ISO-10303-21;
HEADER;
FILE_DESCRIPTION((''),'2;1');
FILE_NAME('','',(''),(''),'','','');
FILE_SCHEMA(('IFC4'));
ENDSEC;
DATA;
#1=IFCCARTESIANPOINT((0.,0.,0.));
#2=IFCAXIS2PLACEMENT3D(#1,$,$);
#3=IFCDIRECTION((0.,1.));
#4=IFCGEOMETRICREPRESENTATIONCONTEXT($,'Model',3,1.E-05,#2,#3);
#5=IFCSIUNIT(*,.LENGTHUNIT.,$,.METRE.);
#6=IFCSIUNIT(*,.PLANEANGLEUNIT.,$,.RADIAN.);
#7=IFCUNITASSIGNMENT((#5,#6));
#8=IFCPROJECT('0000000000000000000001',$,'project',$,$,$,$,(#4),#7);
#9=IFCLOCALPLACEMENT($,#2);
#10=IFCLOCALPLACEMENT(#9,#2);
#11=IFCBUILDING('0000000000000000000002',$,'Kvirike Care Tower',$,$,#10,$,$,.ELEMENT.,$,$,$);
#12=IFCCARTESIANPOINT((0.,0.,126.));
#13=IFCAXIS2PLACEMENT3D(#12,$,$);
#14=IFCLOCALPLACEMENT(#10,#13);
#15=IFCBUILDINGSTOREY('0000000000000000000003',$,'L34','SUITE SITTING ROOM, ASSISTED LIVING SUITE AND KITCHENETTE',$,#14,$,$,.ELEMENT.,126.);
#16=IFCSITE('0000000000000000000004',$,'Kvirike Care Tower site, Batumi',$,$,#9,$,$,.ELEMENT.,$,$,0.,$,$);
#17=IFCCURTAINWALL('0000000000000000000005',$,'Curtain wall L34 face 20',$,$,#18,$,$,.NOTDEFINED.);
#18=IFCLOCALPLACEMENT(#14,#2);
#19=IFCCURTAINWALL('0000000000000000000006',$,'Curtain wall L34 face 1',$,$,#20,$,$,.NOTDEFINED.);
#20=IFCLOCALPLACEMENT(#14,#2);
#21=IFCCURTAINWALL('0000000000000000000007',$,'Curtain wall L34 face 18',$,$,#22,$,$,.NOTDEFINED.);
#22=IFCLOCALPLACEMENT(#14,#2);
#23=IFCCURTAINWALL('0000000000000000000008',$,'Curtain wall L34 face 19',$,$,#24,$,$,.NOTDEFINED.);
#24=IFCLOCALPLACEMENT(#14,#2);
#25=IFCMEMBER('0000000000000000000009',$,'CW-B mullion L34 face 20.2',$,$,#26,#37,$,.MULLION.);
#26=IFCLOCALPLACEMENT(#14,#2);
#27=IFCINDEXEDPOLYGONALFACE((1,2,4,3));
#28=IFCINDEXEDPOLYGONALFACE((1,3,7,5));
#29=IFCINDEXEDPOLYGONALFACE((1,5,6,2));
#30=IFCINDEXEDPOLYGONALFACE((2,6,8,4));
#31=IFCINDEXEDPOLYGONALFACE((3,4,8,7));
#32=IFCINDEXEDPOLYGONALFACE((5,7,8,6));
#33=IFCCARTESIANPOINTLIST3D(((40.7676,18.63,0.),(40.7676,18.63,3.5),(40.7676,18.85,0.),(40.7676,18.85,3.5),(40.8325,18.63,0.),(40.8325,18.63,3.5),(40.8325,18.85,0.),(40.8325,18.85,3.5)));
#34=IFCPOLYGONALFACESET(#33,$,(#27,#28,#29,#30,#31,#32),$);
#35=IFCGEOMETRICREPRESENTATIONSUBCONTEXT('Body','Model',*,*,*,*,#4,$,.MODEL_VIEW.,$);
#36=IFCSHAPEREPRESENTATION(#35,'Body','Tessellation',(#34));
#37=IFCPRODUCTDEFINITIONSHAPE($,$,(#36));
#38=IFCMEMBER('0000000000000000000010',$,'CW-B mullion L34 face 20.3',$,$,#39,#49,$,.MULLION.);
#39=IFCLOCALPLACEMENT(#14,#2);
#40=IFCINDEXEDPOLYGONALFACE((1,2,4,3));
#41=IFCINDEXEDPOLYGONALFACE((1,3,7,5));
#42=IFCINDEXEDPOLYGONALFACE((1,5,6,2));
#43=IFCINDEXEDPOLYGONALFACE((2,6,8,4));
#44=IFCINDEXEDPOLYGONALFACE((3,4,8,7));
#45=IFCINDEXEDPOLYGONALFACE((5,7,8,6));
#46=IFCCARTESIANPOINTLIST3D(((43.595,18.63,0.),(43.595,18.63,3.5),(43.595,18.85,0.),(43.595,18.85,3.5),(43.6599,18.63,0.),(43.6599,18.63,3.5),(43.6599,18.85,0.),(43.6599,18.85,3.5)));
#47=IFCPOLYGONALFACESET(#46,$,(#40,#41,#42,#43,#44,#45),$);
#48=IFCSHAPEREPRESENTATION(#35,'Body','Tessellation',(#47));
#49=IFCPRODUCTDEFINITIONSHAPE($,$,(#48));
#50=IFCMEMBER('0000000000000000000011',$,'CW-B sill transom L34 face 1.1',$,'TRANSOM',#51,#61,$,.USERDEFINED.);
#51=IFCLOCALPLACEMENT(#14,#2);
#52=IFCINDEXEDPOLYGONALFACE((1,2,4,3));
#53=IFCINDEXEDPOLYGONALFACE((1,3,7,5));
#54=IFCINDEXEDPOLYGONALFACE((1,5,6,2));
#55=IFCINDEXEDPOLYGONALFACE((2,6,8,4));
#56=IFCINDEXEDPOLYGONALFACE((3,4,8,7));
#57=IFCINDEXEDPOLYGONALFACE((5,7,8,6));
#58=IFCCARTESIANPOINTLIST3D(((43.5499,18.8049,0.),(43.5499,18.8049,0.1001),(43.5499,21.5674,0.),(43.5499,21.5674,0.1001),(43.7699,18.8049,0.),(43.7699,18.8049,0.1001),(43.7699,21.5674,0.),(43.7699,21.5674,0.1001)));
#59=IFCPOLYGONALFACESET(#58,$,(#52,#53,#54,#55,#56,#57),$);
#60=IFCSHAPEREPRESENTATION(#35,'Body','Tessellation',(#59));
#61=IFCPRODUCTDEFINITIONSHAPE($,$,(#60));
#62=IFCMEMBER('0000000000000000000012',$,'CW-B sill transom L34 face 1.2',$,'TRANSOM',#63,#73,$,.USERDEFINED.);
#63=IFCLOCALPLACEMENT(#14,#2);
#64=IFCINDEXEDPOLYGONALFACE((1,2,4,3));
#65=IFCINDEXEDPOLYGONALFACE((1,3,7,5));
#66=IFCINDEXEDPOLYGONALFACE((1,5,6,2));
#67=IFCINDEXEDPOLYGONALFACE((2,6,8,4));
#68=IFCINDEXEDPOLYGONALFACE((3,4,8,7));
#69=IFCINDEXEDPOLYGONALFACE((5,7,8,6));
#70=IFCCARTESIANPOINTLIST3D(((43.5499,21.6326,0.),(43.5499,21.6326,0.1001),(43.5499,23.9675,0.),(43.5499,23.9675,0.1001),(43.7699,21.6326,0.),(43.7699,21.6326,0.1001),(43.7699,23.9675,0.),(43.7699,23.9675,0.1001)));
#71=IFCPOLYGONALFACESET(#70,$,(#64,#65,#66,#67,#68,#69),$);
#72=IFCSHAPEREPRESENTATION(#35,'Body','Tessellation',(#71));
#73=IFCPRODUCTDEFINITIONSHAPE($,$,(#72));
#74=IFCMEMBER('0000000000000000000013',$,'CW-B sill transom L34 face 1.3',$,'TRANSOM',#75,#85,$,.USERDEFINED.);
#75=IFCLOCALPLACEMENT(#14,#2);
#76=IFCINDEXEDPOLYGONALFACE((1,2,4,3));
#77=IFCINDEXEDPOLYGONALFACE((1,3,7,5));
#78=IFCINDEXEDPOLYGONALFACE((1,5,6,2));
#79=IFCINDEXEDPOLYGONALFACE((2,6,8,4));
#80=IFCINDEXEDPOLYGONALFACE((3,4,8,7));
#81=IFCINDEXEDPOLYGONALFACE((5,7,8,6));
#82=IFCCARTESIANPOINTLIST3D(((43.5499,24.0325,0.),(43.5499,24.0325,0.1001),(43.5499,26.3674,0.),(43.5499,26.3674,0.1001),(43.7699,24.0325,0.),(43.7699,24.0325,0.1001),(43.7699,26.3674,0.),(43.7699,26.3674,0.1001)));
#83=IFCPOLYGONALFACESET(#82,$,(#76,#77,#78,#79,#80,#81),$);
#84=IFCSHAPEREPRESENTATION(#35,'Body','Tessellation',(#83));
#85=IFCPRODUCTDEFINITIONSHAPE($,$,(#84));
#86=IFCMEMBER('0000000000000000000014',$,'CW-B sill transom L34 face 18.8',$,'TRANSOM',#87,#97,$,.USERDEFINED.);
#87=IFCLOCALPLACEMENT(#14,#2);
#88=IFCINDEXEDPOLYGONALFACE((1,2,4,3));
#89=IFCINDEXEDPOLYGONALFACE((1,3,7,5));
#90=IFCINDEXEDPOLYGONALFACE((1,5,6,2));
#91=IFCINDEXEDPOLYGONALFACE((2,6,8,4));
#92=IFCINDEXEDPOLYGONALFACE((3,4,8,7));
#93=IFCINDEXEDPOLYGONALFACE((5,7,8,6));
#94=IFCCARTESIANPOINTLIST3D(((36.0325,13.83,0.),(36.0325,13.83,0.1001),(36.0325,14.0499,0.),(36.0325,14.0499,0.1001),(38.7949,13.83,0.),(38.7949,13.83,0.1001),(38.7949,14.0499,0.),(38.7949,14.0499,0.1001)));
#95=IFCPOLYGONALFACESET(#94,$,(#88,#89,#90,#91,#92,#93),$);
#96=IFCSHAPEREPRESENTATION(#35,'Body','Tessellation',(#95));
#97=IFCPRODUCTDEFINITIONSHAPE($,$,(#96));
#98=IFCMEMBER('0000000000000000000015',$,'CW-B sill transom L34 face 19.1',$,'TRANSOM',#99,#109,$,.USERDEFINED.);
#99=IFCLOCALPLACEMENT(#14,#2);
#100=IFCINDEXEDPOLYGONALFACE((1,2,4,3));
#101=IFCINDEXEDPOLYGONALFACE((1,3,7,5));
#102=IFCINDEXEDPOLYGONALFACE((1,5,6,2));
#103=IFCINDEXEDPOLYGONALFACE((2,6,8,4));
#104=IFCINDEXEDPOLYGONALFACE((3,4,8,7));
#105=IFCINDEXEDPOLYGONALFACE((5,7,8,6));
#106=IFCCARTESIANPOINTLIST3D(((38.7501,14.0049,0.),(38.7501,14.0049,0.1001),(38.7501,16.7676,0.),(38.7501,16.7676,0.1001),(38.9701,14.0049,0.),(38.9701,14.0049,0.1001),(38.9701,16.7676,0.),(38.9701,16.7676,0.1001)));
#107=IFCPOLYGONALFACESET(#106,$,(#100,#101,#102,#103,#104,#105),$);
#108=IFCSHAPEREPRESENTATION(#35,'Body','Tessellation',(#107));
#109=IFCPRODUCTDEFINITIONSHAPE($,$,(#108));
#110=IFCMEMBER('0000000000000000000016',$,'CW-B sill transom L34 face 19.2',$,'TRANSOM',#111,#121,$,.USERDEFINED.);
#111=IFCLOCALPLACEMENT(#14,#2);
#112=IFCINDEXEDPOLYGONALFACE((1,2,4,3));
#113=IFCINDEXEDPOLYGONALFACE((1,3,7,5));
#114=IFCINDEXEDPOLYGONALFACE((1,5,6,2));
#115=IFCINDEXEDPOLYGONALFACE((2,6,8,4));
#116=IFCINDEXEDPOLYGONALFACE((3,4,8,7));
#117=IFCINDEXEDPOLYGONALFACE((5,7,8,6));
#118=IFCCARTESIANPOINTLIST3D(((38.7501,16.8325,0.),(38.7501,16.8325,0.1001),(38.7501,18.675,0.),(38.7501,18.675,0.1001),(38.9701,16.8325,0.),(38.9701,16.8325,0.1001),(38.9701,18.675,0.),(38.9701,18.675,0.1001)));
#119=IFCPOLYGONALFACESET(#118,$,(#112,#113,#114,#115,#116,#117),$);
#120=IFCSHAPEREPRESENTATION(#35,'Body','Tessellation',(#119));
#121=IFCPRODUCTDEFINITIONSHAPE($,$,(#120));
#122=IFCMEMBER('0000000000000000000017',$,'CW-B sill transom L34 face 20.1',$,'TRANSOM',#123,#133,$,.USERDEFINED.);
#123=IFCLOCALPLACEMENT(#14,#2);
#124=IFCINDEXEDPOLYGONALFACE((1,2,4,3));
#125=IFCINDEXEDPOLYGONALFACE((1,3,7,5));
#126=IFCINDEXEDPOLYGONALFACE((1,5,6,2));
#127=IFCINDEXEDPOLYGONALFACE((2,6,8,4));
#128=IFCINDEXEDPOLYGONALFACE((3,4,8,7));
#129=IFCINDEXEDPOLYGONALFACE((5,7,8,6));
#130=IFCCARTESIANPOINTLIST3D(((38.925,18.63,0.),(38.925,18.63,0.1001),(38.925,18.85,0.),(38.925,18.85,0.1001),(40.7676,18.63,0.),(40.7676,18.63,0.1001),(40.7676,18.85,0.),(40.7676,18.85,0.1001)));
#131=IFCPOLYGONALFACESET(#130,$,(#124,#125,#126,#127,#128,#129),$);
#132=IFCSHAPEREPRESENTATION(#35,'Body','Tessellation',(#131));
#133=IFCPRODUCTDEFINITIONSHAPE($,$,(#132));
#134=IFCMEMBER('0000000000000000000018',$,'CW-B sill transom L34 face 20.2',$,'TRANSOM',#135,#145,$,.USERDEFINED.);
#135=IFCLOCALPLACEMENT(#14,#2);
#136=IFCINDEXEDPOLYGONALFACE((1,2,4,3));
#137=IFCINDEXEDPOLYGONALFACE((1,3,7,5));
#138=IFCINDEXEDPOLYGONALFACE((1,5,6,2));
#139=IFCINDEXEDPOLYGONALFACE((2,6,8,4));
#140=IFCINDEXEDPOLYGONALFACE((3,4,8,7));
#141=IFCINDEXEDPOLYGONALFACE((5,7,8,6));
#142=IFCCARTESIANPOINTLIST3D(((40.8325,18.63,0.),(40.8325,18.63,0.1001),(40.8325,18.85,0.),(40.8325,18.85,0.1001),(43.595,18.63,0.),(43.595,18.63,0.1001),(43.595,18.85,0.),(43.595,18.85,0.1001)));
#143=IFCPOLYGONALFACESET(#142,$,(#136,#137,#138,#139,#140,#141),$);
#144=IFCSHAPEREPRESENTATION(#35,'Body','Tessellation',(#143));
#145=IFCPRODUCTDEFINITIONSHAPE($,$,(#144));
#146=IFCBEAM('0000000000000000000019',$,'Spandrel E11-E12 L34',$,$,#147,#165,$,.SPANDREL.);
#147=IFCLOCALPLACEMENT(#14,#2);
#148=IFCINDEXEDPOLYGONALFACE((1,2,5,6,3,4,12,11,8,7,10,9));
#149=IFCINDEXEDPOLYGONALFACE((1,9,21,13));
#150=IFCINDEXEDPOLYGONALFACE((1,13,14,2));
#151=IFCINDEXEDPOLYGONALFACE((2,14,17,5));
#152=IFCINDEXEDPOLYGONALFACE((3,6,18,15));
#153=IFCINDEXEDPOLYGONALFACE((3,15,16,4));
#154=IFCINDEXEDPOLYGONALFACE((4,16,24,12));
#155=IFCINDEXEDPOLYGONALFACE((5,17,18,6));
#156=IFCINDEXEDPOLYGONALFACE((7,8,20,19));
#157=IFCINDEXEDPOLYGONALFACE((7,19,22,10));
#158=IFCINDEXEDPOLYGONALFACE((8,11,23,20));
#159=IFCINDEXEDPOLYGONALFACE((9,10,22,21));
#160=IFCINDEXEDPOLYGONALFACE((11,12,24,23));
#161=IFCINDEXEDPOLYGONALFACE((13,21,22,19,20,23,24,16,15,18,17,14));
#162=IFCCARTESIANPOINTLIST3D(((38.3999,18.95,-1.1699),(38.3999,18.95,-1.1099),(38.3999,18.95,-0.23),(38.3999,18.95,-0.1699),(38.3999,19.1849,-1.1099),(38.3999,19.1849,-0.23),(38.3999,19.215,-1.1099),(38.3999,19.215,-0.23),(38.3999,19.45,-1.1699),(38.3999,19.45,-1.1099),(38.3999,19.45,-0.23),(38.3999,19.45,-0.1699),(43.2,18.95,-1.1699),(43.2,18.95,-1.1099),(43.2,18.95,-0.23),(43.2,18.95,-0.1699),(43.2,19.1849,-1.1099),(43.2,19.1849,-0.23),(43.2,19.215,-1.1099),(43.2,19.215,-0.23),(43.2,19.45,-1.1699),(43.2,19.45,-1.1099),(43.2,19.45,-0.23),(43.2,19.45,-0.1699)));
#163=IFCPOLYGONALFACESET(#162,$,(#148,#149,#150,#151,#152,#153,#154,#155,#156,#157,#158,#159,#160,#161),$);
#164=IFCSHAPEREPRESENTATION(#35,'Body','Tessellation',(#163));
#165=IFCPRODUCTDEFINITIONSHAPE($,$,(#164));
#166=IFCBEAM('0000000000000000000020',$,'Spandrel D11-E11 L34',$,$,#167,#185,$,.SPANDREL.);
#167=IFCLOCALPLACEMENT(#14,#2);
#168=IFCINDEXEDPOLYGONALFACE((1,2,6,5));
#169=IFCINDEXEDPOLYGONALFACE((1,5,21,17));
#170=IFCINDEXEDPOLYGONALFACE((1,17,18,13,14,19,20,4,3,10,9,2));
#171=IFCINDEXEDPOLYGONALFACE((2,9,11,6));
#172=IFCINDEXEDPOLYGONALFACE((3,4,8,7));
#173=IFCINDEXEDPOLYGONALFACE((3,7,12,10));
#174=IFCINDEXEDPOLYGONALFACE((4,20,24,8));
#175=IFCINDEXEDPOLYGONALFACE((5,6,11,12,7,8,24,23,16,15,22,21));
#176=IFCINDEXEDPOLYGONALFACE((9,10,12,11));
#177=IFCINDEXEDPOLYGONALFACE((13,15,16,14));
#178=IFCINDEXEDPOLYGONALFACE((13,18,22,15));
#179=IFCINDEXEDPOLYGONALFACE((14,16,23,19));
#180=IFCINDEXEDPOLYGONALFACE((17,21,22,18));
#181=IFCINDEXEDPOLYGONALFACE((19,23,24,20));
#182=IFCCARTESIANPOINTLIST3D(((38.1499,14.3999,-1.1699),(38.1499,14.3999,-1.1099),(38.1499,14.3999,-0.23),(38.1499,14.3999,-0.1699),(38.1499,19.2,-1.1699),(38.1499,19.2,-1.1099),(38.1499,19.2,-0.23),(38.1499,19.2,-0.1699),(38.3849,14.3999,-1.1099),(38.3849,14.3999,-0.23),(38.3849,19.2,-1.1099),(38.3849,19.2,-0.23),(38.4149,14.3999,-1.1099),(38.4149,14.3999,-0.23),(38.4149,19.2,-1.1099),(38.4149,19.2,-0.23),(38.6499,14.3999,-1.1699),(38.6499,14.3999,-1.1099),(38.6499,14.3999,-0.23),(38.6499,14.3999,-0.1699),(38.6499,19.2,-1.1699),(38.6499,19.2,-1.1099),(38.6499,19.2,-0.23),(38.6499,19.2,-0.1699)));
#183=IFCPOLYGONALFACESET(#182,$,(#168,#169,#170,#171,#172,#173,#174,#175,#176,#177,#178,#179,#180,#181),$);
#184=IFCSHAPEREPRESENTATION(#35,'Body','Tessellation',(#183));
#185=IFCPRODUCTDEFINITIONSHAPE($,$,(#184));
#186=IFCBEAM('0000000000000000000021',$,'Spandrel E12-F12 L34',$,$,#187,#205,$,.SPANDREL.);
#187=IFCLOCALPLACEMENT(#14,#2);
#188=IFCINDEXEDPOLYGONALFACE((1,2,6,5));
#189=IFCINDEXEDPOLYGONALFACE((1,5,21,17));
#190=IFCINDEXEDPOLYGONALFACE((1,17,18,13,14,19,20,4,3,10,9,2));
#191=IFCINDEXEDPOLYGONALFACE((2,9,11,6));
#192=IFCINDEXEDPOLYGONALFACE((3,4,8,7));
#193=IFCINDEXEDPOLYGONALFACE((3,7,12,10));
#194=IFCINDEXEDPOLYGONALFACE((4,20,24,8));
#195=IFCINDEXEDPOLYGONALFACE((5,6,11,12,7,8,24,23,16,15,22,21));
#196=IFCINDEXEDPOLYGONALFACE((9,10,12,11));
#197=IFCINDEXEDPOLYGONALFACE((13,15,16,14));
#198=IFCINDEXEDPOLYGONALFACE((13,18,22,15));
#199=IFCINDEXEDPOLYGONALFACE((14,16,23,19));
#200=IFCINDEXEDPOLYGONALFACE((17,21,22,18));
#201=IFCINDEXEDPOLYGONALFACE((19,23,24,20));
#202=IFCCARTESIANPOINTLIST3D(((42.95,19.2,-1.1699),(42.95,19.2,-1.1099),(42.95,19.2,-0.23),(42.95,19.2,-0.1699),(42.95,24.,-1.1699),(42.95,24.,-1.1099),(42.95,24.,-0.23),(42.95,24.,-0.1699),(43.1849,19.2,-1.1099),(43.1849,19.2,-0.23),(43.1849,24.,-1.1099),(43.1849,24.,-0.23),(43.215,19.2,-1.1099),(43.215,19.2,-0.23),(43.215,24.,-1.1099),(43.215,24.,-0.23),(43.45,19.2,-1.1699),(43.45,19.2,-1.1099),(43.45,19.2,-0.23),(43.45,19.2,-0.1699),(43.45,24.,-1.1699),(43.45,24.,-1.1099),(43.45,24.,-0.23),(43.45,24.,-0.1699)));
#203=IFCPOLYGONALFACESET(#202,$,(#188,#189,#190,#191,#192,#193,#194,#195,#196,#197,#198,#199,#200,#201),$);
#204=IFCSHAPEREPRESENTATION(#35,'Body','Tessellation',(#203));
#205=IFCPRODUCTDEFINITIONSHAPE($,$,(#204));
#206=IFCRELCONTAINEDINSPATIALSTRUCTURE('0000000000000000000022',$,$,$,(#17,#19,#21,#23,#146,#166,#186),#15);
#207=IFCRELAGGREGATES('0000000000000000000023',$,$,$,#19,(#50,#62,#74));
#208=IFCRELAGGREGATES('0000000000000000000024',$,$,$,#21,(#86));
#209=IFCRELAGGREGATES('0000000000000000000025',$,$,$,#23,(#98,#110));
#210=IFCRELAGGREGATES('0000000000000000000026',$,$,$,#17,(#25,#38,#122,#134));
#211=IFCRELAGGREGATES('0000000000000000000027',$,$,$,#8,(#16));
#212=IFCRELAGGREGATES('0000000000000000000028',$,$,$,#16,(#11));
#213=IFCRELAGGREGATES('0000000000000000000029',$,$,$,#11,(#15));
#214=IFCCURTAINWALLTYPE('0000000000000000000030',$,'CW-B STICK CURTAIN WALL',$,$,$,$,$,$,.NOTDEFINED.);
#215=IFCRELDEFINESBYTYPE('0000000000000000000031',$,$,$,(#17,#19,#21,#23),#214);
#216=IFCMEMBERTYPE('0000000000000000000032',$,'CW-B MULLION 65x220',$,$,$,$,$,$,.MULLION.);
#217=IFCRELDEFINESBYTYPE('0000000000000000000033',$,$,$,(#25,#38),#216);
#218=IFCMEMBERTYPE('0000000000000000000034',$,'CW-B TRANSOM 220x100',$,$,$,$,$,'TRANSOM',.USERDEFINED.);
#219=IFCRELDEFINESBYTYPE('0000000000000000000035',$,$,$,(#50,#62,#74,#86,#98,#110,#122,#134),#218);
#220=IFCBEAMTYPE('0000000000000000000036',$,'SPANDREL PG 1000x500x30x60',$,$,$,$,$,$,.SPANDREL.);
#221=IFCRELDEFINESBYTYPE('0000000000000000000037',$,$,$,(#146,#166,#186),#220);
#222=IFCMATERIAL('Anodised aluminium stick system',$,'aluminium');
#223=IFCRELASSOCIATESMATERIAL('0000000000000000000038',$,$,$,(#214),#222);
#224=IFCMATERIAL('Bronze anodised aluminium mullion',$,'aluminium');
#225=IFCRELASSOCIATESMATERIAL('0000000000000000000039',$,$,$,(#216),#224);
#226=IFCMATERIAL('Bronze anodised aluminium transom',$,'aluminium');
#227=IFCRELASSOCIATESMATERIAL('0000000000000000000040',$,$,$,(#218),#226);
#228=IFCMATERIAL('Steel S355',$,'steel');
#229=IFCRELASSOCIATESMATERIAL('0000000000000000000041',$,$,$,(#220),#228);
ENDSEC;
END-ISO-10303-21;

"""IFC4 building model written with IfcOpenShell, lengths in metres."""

from ifc_helpers import new_model, si_unit, direction, frame, origin, origin_2d, place, context, subcontext, project, spatial, rectangle, i_section, extrude, material, material_profile, profile_set, type_object, element, aggregate, save


model = new_model("IFC4")

# Units and contexts
model_context = context("Model", 3, precision=1e-05, world=origin(), true_north=direction((0.0, 1.0)))
body_context = subcontext(model_context, "Body", "Model", "MODEL_VIEW")
ifc_project = project(units=[si_unit("LENGTHUNIT", "METRE"), si_unit("PLANEANGLEUNIT", "RADIAN")], contexts=[model_context])

# Site, building, storey
site_placement = place(None, origin())
site = spatial("IfcSite", under=ifc_project, at=site_placement, Name="Kvirike Care Tower site, Batumi", CompositionType="ELEMENT", RefElevation=0.0)
building_placement = place(site_placement, origin())
building = spatial("IfcBuilding", under=site, at=building_placement, Name="Kvirike Care Tower", CompositionType="ELEMENT")
storey_placement = place(building_placement, frame((0.0, 0.0, 126.0)))
storey = spatial("IfcBuildingStorey", under=building, at=storey_placement, Name="L34", Description="SUITE SITTING ROOM, ASSISTED LIVING SUITE AND KITCHENETTE", CompositionType="ELEMENT", Elevation=126.0)

# Curtain wall
ifc_material_1 = material(Name="Anodised aluminium stick system", Category="aluminium")
curtain_wall_type = type_object("IfcCurtainWallType", Name="CW-B STICK CURTAIN WALL", PredefinedType="NOTDEFINED", material=ifc_material_1)
curtain_wall_1_placement = place(storey_placement, origin())
curtain_wall_1 = element("IfcCurtainWall", 1, at=curtain_wall_1_placement, inside=storey, type_object=curtain_wall_type, Name="Curtain wall L34 face 20", PredefinedType="NOTDEFINED")

# Curtain walls
curtain_wall_2_placement = place(storey_placement, origin())
curtain_wall_2 = element("IfcCurtainWall", 2, at=curtain_wall_2_placement, inside=storey, type_object=curtain_wall_type, Name="Curtain wall L34 face 1", PredefinedType="NOTDEFINED")
ifc_material_2 = material(Name="Bronze anodised aluminium mullion", Category="aluminium")
ifc_material_profile_1 = material_profile(ifc_material_2, rectangle(XDim=0.0649, YDim=0.22, at=origin_2d()), Name="CW-B MULLION 65x220")
ifc_profile_set_1 = profile_set([ifc_material_profile_1], Name="Bronze anodised aluminium mullion")
member_type_1 = type_object("IfcMemberType", Name="CW-B MULLION 65x220", PredefinedType="MULLION", material=ifc_profile_set_1)
curtain_wall_3_placement = place(storey_placement, origin())
curtain_wall_3 = element("IfcCurtainWall", 3, at=curtain_wall_3_placement, inside=storey, type_object=curtain_wall_type, Name="Curtain wall L34 face 18", PredefinedType="NOTDEFINED")
curtain_wall_4_placement = place(storey_placement, origin())
curtain_wall_4 = element("IfcCurtainWall", 4, at=curtain_wall_4_placement, inside=storey, type_object=curtain_wall_type, Name="Curtain wall L34 face 19", PredefinedType="NOTDEFINED")

# Members
member_1_placement = place(storey_placement, frame((40.8, 18.74, 0.0), z_axis=(0.0, 0.0, 1.0), x_axis=(1.0, 0.0, 0.0)))
member_1 = element("IfcMember", 5, at=member_1_placement, type_object=member_type_1, Name="CW-B mullion L34 face 20.2", PredefinedType="MULLION", context=body_context, shape_type="SweptSolid", body=[
    extrude(rectangle(XDim=0.0649, YDim=0.22, at=origin_2d()), origin(), (0.0, 0.0, 1.0), 3.5),
])
member_2_placement = place(storey_placement, frame((43.6274, 18.74, 0.0), z_axis=(0.0, 0.0, 1.0), x_axis=(1.0, 0.0, 0.0)))
member_2 = element("IfcMember", 6, at=member_2_placement, type_object=member_type_1, Name="CW-B mullion L34 face 20.3", PredefinedType="MULLION", context=body_context, shape_type="SweptSolid", body=[
    extrude(rectangle(XDim=0.0649, YDim=0.22, at=origin_2d()), origin(), (0.0, 0.0, 1.0), 3.5),
])
ifc_material_3 = material(Name="Bronze anodised aluminium transom", Category="aluminium")
ifc_material_profile_2 = material_profile(ifc_material_3, rectangle(XDim=0.22, YDim=0.1001, at=origin_2d()), Name="CW-B TRANSOM 220x100")
ifc_profile_set_2 = profile_set([ifc_material_profile_2], Name="Bronze anodised aluminium transom")
member_type_2 = type_object("IfcMemberType", Name="CW-B TRANSOM 220x100", ElementType="TRANSOM", PredefinedType="USERDEFINED", material=ifc_profile_set_2)
member_3_placement = place(storey_placement, frame((43.6599, 18.8049, 0.05), z_axis=(0.0, 1.0, 0.0), x_axis=(-1.0, 0.0, 0.0)))
member_3 = element("IfcMember", 7, at=member_3_placement, type_object=member_type_2, Name="CW-B sill transom L34 face 1.1", ObjectType="TRANSOM", PredefinedType="USERDEFINED", context=body_context, shape_type="SweptSolid", body=[
    extrude(rectangle(XDim=0.22, YDim=0.1001, at=origin_2d()), origin(), (0.0, 0.0, 1.0), 2.7625),
])
member_4_placement = place(storey_placement, frame((43.6599, 21.6326, 0.05), z_axis=(0.0, 1.0, 0.0), x_axis=(-1.0, 0.0, 0.0)))
member_4 = element("IfcMember", 8, at=member_4_placement, type_object=member_type_2, Name="CW-B sill transom L34 face 1.2", ObjectType="TRANSOM", PredefinedType="USERDEFINED", context=body_context, shape_type="SweptSolid", body=[
    extrude(rectangle(XDim=0.22, YDim=0.1001, at=origin_2d()), origin(), (0.0, 0.0, 1.0), 2.335),
])
member_5_placement = place(storey_placement, frame((43.6599, 24.0325, 0.05), z_axis=(0.0, 1.0, 0.0), x_axis=(-1.0, 0.0, 0.0)))
member_5 = element("IfcMember", 9, at=member_5_placement, type_object=member_type_2, Name="CW-B sill transom L34 face 1.3", ObjectType="TRANSOM", PredefinedType="USERDEFINED", context=body_context, shape_type="SweptSolid", body=[
    extrude(rectangle(XDim=0.22, YDim=0.1001, at=origin_2d()), origin(), (0.0, 0.0, 1.0), 2.335),
])
member_6_placement = place(storey_placement, frame((36.0325, 13.9399, 0.05), z_axis=(1.0, 0.0, 0.0), x_axis=(0.0, 1.0, 0.0)))
member_6 = element("IfcMember", 10, at=member_6_placement, type_object=member_type_2, Name="CW-B sill transom L34 face 18.8", ObjectType="TRANSOM", PredefinedType="USERDEFINED", context=body_context, shape_type="SweptSolid", body=[
    extrude(rectangle(XDim=0.22, YDim=0.1001, at=origin_2d()), origin(), (0.0, 0.0, 1.0), 2.7625),
])
member_7_placement = place(storey_placement, frame((38.8601, 14.0049, 0.05), z_axis=(0.0, 1.0, 0.0), x_axis=(-1.0, 0.0, 0.0)))
member_7 = element("IfcMember", 11, at=member_7_placement, type_object=member_type_2, Name="CW-B sill transom L34 face 19.1", ObjectType="TRANSOM", PredefinedType="USERDEFINED", context=body_context, shape_type="SweptSolid", body=[
    extrude(rectangle(XDim=0.22, YDim=0.1001, at=origin_2d()), origin(), (0.0, 0.0, 1.0), 2.7627),
])
member_8_placement = place(storey_placement, frame((38.8601, 16.8325, 0.05), z_axis=(0.0, 1.0, 0.0), x_axis=(-1.0, 0.0, 0.0)))
member_8 = element("IfcMember", 12, at=member_8_placement, type_object=member_type_2, Name="CW-B sill transom L34 face 19.2", ObjectType="TRANSOM", PredefinedType="USERDEFINED", context=body_context, shape_type="SweptSolid", body=[
    extrude(rectangle(XDim=0.22, YDim=0.1001, at=origin_2d()), origin(), (0.0, 0.0, 1.0), 1.8425),
])
member_9_placement = place(storey_placement, frame((38.925, 18.74, 0.05), z_axis=(1.0, 0.0, 0.0), x_axis=(0.0, 1.0, 0.0)))
member_9 = element("IfcMember", 13, at=member_9_placement, type_object=member_type_2, Name="CW-B sill transom L34 face 20.1", ObjectType="TRANSOM", PredefinedType="USERDEFINED", context=body_context, shape_type="SweptSolid", body=[
    extrude(rectangle(XDim=0.22, YDim=0.1001, at=origin_2d()), origin(), (0.0, 0.0, 1.0), 1.8425),
])
member_10_placement = place(storey_placement, frame((40.8325, 18.74, 0.05), z_axis=(1.0, 0.0, 0.0), x_axis=(0.0, 1.0, 0.0)))
member_10 = element("IfcMember", 14, at=member_10_placement, type_object=member_type_2, Name="CW-B sill transom L34 face 20.2", ObjectType="TRANSOM", PredefinedType="USERDEFINED", context=body_context, shape_type="SweptSolid", body=[
    extrude(rectangle(XDim=0.22, YDim=0.1001, at=origin_2d()), origin(), (0.0, 0.0, 1.0), 2.7625),
])

# Beams
ifc_material_4 = material(Name="Steel S355", Category="steel")
ifc_material_profile_3 = material_profile(ifc_material_4, i_section(OverallWidth=0.5, OverallDepth=1.0, WebThickness=0.03, FlangeThickness=0.0601, at=origin_2d()), Name="PG 1000x500x30x60")
ifc_profile_set_3 = profile_set([ifc_material_profile_3], Name="Steel S355")
beam_type = type_object("IfcBeamType", Name="SPANDREL PG 1000x500x30x60", PredefinedType="SPANDREL", material=ifc_profile_set_3)
for number, where, z_axis, x_axis, name in (
    (15, (38.3999, 19.2, -0.6699), (1.0, 0.0, 0.0), (0.0, 1.0, 0.0), "Spandrel E11-E12 L34"),
    (16, (38.3999, 14.3999, -0.6699), (0.0, 1.0, 0.0), (-1.0, 0.0, 0.0), "Spandrel D11-E11 L34"),
    (17, (43.2, 19.2, -0.6699), (0.0, 1.0, 0.0), (-1.0, 0.0, 0.0), "Spandrel E12-F12 L34"),
):
    element("IfcBeam", number, at=place(storey_placement, frame(where, z_axis=z_axis, x_axis=x_axis)), inside=storey, type_object=beam_type, Name=name, PredefinedType="SPANDREL", context=body_context, shape_type="SweptSolid", body=[
        extrude(i_section(OverallWidth=0.5, OverallDepth=1.0, WebThickness=0.03, FlangeThickness=0.0601, at=origin_2d()), origin(), (0.0, 0.0, 1.0), 4.8),
    ])

aggregate(curtain_wall_2, [member_3, member_4, member_5])
aggregate(curtain_wall_3, [member_6])
aggregate(curtain_wall_4, [member_7, member_8])
aggregate(curtain_wall_1, [member_1, member_2, member_9, member_10])

save(model, "model.ifc")
